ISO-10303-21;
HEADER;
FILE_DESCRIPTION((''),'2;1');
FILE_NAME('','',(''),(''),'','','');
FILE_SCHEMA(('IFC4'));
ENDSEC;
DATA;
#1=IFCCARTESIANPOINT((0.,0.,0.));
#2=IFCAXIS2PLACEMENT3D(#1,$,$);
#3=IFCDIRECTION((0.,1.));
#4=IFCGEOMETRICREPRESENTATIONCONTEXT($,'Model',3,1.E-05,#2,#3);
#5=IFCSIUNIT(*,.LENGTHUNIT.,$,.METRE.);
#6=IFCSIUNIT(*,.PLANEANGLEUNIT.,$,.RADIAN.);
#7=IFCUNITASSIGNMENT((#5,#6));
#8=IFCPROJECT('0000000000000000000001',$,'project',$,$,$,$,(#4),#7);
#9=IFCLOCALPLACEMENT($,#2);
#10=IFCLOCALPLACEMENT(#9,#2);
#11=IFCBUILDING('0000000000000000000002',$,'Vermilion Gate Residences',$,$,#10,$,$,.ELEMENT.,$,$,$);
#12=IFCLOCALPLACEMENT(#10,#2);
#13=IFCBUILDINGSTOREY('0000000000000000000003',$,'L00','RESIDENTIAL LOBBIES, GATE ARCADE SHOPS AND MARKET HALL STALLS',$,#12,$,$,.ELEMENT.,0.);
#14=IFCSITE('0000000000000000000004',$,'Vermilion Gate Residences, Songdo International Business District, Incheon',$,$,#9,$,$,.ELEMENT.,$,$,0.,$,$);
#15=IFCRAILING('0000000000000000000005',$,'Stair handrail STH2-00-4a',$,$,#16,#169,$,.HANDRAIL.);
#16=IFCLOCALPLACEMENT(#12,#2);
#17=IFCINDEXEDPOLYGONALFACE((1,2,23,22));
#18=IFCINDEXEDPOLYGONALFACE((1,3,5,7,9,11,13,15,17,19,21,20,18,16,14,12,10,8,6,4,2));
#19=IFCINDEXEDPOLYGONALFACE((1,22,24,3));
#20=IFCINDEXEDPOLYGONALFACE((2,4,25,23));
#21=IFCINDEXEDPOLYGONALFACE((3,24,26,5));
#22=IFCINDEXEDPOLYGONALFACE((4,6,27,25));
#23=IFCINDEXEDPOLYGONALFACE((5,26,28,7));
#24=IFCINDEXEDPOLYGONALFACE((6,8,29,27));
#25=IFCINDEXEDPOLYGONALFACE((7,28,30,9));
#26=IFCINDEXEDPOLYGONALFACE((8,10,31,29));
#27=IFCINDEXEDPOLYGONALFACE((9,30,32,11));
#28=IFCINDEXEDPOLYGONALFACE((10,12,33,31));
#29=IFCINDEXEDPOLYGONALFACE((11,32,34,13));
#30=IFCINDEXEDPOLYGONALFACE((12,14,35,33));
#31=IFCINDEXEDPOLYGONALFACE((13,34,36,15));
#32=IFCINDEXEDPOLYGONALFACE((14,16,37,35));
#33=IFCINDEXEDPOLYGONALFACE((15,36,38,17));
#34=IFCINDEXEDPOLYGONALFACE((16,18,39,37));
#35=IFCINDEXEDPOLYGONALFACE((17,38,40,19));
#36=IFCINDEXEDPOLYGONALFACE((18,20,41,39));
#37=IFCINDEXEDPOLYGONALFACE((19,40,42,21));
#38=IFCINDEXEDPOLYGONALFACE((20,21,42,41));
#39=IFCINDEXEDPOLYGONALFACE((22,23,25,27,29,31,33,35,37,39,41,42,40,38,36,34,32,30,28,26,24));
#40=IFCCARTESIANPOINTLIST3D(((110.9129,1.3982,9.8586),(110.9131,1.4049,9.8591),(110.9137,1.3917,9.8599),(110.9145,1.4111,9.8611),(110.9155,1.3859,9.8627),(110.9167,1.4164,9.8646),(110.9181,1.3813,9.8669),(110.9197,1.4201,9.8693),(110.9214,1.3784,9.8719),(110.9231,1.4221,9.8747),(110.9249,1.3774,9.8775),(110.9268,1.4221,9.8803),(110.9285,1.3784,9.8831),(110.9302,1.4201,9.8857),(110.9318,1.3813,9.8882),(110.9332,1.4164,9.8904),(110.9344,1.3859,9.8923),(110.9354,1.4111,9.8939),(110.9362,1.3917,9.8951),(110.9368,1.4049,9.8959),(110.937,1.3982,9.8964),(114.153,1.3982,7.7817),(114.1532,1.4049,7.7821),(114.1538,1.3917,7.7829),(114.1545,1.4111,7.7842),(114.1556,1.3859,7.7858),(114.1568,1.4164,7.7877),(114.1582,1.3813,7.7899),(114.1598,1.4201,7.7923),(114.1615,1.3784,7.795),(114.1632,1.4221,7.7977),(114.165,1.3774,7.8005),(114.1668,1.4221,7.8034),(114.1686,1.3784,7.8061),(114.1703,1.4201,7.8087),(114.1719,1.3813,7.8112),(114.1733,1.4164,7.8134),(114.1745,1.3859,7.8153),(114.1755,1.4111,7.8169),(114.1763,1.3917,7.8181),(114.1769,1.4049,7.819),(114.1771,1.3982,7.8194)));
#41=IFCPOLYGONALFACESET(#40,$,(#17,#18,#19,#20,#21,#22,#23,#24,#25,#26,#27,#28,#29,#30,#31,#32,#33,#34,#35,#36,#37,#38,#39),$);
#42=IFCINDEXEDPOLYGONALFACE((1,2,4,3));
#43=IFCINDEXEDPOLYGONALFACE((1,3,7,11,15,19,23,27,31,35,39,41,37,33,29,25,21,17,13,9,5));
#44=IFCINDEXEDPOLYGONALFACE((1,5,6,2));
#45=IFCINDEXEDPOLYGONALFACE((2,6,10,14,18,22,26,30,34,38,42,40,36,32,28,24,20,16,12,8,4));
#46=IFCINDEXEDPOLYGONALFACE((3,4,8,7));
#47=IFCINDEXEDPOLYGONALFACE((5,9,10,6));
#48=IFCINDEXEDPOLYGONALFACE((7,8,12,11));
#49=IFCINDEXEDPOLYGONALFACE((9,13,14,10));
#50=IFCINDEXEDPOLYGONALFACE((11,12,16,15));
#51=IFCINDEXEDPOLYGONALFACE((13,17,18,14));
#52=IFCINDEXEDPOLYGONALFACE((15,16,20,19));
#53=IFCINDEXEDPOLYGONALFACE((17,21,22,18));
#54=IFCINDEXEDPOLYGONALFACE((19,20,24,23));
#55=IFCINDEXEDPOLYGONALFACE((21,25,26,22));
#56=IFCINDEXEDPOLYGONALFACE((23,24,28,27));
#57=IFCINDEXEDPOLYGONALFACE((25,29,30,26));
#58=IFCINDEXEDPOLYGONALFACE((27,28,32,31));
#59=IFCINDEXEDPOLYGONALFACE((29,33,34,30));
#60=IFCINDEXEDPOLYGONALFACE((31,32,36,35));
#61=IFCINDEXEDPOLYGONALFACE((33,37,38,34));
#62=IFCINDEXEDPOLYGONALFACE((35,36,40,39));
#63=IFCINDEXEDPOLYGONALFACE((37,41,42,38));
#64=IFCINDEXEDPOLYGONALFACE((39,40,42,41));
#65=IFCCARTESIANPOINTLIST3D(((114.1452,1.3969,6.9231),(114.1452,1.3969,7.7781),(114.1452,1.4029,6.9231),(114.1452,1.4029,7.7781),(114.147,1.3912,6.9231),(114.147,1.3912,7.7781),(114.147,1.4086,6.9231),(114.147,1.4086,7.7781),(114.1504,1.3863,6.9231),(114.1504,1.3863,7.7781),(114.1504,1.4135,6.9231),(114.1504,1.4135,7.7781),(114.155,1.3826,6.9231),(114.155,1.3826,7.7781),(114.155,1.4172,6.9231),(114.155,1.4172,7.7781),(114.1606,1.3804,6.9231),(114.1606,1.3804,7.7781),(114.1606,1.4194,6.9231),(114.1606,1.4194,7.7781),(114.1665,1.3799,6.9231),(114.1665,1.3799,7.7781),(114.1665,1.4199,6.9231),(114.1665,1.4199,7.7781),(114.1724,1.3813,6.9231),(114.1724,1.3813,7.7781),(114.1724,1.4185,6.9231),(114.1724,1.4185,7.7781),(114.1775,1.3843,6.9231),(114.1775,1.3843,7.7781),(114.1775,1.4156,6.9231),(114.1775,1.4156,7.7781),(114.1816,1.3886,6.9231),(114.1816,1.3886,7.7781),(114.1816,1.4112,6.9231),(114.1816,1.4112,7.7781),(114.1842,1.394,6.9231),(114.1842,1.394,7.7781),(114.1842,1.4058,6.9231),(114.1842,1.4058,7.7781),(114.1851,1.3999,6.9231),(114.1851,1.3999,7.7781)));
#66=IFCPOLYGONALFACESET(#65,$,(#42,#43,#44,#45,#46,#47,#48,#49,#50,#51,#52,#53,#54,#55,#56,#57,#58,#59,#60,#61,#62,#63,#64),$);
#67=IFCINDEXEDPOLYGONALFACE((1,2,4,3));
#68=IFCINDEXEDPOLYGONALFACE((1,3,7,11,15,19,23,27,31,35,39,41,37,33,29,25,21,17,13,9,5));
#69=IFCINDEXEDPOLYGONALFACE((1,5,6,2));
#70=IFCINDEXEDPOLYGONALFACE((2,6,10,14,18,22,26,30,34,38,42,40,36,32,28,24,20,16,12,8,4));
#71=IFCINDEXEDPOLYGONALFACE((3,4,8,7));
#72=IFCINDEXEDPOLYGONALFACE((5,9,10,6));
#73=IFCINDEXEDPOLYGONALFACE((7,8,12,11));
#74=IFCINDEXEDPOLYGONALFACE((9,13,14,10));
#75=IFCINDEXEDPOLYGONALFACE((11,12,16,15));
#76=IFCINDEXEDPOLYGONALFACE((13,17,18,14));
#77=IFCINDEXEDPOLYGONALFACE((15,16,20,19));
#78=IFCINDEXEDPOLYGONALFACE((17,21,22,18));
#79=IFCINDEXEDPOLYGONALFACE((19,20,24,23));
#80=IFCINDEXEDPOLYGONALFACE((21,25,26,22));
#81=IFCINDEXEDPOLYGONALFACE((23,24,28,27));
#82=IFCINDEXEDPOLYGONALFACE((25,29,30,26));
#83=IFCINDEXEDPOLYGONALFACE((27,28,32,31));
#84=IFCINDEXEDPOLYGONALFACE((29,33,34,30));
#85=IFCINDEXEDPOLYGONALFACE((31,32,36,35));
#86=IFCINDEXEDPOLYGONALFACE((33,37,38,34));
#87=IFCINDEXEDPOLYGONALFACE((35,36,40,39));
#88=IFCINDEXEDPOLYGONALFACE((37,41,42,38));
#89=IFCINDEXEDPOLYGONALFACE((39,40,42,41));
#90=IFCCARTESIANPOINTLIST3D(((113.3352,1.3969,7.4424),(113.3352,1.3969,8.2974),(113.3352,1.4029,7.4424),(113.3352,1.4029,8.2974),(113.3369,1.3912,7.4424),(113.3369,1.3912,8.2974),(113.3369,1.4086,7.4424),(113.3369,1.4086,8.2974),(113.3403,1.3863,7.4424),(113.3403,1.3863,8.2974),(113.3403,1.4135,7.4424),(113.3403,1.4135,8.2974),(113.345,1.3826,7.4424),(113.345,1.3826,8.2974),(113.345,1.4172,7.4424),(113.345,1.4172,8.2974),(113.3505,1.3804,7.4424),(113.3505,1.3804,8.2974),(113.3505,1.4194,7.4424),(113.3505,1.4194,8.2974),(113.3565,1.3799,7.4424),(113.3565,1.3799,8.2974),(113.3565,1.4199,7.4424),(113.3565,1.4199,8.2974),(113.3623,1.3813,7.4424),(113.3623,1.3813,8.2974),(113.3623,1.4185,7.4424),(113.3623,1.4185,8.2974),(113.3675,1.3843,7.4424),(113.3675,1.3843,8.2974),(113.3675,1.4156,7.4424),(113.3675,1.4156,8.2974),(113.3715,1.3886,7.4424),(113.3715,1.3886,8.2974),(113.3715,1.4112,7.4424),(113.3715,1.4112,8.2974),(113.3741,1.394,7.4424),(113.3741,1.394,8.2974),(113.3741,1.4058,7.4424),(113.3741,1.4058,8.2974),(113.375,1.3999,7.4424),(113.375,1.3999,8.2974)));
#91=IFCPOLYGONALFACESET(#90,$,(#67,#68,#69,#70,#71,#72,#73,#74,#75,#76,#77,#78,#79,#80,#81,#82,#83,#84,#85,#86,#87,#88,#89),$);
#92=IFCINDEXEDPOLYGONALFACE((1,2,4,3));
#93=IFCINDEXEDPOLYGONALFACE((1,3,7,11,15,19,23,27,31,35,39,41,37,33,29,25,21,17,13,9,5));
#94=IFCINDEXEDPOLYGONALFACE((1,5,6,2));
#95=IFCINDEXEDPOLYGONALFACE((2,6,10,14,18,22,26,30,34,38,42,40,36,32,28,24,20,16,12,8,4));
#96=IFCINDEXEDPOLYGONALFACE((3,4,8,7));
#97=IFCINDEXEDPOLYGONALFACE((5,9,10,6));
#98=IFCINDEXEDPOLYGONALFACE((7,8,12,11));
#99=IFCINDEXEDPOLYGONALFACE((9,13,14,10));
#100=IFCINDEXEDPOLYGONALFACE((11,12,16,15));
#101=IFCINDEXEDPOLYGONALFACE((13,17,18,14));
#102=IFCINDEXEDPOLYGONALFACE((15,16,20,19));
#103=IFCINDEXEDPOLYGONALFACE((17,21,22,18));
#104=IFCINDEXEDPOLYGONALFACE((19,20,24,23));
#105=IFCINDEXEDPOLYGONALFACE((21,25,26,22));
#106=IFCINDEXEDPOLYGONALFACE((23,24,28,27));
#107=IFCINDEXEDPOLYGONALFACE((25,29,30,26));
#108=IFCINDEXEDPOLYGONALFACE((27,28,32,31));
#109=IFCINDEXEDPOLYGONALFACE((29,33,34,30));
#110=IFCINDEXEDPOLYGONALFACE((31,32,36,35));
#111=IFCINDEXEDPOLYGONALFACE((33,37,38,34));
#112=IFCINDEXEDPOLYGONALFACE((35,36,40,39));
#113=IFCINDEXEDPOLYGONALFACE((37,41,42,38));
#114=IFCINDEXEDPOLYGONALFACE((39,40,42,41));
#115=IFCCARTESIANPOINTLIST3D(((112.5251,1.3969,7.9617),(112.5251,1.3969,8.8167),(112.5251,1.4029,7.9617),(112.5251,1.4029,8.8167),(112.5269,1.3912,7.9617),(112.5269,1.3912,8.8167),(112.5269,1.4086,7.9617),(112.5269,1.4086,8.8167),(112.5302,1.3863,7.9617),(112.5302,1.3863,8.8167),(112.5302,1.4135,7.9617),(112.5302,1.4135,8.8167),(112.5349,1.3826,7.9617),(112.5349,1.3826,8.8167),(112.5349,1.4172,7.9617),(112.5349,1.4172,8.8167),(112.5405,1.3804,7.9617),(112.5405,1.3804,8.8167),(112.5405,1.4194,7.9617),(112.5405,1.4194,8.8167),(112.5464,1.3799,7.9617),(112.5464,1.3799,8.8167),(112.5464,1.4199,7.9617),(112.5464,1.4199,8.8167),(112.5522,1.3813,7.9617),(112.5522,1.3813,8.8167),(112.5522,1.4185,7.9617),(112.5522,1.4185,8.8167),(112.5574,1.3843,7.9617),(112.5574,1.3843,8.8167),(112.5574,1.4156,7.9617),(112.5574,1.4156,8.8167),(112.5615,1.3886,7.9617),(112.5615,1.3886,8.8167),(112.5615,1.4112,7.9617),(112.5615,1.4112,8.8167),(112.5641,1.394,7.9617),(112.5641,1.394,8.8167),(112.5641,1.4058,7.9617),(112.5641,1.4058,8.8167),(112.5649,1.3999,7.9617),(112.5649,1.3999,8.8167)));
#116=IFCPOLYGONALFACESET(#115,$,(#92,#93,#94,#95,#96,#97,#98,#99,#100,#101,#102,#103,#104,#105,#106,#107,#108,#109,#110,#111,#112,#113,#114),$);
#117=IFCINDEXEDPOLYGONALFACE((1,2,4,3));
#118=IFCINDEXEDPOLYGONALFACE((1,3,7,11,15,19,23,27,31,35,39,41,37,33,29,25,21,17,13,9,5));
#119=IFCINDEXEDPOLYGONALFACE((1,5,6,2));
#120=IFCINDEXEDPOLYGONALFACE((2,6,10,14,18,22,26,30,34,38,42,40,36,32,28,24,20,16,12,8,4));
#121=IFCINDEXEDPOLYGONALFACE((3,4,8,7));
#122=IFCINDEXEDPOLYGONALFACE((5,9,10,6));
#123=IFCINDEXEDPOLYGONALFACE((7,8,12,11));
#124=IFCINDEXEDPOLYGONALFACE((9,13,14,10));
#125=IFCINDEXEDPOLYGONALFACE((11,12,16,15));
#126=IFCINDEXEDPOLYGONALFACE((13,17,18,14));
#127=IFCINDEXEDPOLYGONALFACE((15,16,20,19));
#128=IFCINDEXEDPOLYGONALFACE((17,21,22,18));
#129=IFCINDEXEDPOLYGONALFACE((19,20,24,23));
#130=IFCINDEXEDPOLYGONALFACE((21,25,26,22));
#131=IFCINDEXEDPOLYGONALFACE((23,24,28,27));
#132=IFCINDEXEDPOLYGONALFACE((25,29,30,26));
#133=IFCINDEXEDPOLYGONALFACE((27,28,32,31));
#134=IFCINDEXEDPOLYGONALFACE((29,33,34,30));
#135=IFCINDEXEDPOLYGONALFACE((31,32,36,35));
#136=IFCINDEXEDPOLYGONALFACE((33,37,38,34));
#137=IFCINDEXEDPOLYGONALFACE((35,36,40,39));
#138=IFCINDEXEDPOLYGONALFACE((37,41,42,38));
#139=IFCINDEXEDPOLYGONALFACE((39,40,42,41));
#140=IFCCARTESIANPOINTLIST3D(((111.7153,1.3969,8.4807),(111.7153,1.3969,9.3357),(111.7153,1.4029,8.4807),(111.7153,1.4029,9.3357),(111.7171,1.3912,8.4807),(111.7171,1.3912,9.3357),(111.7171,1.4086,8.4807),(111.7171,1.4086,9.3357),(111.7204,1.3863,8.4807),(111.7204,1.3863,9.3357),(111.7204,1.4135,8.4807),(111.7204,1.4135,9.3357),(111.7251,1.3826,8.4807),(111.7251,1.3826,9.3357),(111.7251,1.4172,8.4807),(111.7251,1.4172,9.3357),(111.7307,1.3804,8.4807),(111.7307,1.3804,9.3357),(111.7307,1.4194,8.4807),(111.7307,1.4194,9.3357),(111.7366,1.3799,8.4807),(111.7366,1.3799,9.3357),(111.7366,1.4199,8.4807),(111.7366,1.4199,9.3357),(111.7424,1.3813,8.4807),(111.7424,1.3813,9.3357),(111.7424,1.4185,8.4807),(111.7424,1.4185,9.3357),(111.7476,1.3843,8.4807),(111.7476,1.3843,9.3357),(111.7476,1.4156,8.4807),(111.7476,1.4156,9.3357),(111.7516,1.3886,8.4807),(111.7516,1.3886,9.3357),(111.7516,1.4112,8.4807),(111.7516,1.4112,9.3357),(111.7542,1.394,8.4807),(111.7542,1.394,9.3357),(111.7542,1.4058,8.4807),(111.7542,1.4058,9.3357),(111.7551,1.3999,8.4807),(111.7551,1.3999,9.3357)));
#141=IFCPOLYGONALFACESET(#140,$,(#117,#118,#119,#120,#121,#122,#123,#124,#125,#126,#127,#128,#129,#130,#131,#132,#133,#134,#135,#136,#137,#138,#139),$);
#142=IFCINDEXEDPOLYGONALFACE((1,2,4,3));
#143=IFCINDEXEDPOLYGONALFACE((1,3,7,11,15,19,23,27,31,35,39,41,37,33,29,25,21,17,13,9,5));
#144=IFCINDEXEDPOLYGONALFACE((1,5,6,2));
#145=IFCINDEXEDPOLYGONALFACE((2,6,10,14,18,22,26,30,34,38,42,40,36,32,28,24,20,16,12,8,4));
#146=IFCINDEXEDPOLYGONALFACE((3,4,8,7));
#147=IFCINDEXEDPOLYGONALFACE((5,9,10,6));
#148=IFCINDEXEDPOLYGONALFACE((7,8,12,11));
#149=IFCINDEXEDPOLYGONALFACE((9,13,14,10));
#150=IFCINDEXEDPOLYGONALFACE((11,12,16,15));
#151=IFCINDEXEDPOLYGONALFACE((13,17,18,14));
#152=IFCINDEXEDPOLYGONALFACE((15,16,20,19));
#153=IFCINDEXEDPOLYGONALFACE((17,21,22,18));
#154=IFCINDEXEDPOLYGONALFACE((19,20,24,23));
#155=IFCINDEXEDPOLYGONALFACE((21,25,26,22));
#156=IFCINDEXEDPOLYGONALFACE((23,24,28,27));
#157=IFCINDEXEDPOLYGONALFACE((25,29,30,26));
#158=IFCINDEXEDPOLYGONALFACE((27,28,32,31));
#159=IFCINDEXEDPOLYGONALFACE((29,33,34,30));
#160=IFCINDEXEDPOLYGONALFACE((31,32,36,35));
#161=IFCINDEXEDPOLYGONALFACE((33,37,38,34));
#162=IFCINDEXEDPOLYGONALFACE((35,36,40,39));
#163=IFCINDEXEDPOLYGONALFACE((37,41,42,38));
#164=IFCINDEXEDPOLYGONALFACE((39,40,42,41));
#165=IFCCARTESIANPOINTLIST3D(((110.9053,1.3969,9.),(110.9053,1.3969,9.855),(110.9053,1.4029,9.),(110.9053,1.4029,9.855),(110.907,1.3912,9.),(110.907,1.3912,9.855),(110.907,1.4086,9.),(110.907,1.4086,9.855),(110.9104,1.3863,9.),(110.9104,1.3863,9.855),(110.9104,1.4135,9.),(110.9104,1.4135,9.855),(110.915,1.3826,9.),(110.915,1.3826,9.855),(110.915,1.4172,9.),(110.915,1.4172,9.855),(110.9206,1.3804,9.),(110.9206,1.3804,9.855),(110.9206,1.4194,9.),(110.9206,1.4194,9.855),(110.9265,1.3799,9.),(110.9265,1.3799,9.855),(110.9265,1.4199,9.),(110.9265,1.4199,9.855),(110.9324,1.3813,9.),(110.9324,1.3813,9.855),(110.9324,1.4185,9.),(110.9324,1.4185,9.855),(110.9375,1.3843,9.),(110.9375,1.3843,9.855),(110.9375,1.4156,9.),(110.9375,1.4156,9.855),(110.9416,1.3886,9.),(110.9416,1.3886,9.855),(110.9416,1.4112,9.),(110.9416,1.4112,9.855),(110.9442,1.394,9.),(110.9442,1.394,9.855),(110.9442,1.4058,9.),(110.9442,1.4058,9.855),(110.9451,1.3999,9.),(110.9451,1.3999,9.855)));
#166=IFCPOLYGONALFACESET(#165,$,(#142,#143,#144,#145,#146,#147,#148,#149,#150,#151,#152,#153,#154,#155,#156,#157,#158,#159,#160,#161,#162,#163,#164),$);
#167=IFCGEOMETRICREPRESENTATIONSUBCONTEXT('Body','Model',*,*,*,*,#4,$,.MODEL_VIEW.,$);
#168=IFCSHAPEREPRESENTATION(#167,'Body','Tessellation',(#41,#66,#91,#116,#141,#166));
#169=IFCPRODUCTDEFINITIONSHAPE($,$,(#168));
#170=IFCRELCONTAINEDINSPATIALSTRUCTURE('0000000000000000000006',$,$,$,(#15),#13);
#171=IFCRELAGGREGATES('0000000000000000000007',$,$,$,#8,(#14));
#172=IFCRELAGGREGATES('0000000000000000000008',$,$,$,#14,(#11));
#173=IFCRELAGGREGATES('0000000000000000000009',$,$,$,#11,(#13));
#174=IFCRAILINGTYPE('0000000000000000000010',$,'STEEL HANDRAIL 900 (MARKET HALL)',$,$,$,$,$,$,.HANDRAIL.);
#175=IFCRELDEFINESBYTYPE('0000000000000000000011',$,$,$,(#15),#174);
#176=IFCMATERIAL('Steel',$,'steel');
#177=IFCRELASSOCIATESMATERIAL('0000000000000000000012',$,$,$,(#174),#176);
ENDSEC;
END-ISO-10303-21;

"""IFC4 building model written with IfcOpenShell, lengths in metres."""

from ifc_helpers import new_model, si_unit, direction, frame, origin, origin_2d, place, context, subcontext, project, spatial, circle, extrude, material, type_object, element, save


model = new_model("IFC4")

# Units and contexts
model_context = context("Model", 3, precision=1e-05, world=origin(), true_north=direction((0.0, 1.0)))
body_context = subcontext(model_context, "Body", "Model", "MODEL_VIEW")
ifc_project = project(units=[si_unit("LENGTHUNIT", "METRE"), si_unit("PLANEANGLEUNIT", "RADIAN")], contexts=[model_context])

# Site, building, storey
site_placement = place(None, origin())
site = spatial("IfcSite", under=ifc_project, at=site_placement, Name="Vermilion Gate Residences, Songdo International Business District, Incheon", CompositionType="ELEMENT", RefElevation=0.0)
building_placement = place(site_placement, origin())
building = spatial("IfcBuilding", under=site, at=building_placement, Name="Vermilion Gate Residences", CompositionType="ELEMENT")
storey_placement = place(building_placement, origin())
storey = spatial("IfcBuildingStorey", under=building, at=storey_placement, Name="L00", Description="RESIDENTIAL LOBBIES, GATE ARCADE SHOPS AND MARKET HALL STALLS", CompositionType="ELEMENT", Elevation=0.0)

# Railing
ifc_material_1 = material(Name="Steel", Category="steel")
railing_type = type_object("IfcRailingType", Name="STEEL HANDRAIL 900 (MARKET HALL)", PredefinedType="HANDRAIL", material=ifc_material_1)
for number, where, name in (
    (1, (114.165, 1.3999, 6.9231), "Stair handrail STH2-00-4a"),
):
    element("IfcRailing", number, at=place(storey_placement, frame(where)), inside=storey, type_object=railing_type, Name=name, PredefinedType="HANDRAIL", context=body_context, shape_type="SweptSolid", body=[
        extrude(circle(Radius=0.0225, at=origin_2d()), frame((0.0, 0.0, 0.8774), z_axis=(-0.841881, 0.0, 0.539664), x_axis=(0.0, -1.0, 0.0)), (0.0, 0.0, 1.0), 3.8486),
        extrude(circle(Radius=0.02, at=origin_2d()), origin(), (0.0, 0.0, 1.0), 0.855),
        extrude(circle(Radius=0.02, at=origin_2d()), frame((-0.8101, 0.0, 0.5193)), (0.0, 0.0, 1.0), 0.855),
        extrude(circle(Radius=0.02, at=origin_2d()), frame((-1.6201, 0.0, 1.0386)), (0.0, 0.0, 1.0), 0.855),
        extrude(circle(Radius=0.02, at=origin_2d()), frame((-2.4299, 0.0, 1.5576)), (0.0, 0.0, 1.0), 0.855),
        extrude(circle(Radius=0.02, at=origin_2d()), frame((-3.24, 0.0, 2.0769)), (0.0, 0.0, 1.0), 0.855),
    ])

save(model, "model.ifc")
